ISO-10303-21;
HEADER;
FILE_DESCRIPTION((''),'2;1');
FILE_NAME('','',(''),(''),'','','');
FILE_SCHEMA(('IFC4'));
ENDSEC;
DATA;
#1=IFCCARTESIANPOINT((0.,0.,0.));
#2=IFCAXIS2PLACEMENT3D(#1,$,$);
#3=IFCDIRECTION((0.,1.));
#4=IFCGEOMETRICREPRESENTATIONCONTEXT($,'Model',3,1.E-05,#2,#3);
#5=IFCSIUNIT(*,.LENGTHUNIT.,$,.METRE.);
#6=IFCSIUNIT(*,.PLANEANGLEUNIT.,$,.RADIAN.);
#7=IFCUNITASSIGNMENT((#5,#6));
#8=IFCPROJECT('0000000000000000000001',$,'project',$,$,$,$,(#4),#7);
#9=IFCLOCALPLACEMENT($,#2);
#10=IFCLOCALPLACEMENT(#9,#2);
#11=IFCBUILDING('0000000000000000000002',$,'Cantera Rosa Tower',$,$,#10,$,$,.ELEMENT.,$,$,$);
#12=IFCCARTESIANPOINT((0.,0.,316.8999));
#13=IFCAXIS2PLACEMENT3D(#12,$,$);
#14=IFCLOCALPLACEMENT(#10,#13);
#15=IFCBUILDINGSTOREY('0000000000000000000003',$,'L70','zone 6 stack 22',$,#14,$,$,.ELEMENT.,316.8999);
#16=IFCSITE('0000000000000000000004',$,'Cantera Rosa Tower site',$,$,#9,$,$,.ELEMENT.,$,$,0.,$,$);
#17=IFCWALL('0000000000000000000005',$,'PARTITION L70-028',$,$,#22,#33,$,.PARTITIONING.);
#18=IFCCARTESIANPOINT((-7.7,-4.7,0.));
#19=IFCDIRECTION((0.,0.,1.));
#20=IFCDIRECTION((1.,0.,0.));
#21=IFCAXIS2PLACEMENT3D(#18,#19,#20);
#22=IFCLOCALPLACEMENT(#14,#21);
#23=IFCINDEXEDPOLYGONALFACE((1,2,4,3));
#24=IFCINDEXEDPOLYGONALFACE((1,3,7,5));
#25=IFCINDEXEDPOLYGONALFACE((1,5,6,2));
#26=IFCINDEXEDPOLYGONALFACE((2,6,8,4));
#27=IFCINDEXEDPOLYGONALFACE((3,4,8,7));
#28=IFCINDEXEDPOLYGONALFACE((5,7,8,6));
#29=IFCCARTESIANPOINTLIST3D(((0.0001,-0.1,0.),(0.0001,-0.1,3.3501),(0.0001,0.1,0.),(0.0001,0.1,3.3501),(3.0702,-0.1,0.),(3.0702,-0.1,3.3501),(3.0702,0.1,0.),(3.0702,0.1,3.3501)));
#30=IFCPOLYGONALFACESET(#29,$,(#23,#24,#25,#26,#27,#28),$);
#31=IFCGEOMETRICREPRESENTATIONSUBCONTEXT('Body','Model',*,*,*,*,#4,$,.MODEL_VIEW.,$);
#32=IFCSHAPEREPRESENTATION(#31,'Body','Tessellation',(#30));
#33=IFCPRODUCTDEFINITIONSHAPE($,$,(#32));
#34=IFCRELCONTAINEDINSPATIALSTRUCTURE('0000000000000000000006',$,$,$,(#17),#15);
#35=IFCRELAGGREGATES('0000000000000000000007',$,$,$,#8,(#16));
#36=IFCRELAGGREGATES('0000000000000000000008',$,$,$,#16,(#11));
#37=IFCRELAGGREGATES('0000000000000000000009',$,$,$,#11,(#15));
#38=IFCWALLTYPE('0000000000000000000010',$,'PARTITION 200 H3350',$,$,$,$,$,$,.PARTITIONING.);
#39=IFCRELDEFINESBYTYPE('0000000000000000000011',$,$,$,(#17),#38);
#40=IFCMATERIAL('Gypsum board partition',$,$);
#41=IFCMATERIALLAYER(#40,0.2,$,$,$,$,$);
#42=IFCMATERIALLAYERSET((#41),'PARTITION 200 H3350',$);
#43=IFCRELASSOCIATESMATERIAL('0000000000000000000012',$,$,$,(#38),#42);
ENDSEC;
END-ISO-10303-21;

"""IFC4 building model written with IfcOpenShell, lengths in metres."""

from ifc_helpers import new_model, si_unit, direction, frame, frame_2d, origin, place, context, subcontext, project, spatial, rectangle, extrude, material, layer, layer_set, type_object, element, save


model = new_model("IFC4")

# Units and contexts
model_context = context("Model", 3, precision=1e-05, world=origin(), true_north=direction((0.0, 1.0)))
body_context = subcontext(model_context, "Body", "Model", "MODEL_VIEW")
ifc_project = project(units=[si_unit("LENGTHUNIT", "METRE"), si_unit("PLANEANGLEUNIT", "RADIAN")], contexts=[model_context])

# Site, building, storey
site_placement = place(None, origin())
site = spatial("IfcSite", under=ifc_project, at=site_placement, Name="Cantera Rosa Tower site", CompositionType="ELEMENT", RefElevation=0.0)
building_placement = place(site_placement, origin())
building = spatial("IfcBuilding", under=site, at=building_placement, Name="Cantera Rosa Tower", CompositionType="ELEMENT")
storey_placement = place(building_placement, frame((0.0, 0.0, 316.8999)))
storey = spatial("IfcBuildingStorey", under=building, at=storey_placement, Name="L70", Description="zone 6 stack 22", CompositionType="ELEMENT", Elevation=316.8999)

# Wall
ifc_material_1 = material(Name="Gypsum board partition")
ifc_layer_1 = layer(ifc_material_1, 0.2)
ifc_layer_set_1 = layer_set([ifc_layer_1], Name="PARTITION 200 H3350")
wall_type_1 = type_object("IfcWallType", Name="PARTITION 200 H3350", PredefinedType="PARTITIONING", material=ifc_layer_set_1)
wall_1_placement = place(storey_placement, frame((-7.7, -4.7, 0.0), z_axis=(0.0, 0.0, 1.0), x_axis=(1.0, 0.0, 0.0)))
element("IfcWall", 1, at=wall_1_placement, inside=storey, type_object=wall_type_1, Name="PARTITION L70-028", PredefinedType="PARTITIONING", context=body_context, shape_type="SweptSolid", body=[
    extrude(rectangle(XDim=3.0701, YDim=0.2, at=frame_2d((1.5352, 0.0))), origin(), (0.0, 0.0, 1.0), 3.3501),
])

save(model, "model.ifc")
